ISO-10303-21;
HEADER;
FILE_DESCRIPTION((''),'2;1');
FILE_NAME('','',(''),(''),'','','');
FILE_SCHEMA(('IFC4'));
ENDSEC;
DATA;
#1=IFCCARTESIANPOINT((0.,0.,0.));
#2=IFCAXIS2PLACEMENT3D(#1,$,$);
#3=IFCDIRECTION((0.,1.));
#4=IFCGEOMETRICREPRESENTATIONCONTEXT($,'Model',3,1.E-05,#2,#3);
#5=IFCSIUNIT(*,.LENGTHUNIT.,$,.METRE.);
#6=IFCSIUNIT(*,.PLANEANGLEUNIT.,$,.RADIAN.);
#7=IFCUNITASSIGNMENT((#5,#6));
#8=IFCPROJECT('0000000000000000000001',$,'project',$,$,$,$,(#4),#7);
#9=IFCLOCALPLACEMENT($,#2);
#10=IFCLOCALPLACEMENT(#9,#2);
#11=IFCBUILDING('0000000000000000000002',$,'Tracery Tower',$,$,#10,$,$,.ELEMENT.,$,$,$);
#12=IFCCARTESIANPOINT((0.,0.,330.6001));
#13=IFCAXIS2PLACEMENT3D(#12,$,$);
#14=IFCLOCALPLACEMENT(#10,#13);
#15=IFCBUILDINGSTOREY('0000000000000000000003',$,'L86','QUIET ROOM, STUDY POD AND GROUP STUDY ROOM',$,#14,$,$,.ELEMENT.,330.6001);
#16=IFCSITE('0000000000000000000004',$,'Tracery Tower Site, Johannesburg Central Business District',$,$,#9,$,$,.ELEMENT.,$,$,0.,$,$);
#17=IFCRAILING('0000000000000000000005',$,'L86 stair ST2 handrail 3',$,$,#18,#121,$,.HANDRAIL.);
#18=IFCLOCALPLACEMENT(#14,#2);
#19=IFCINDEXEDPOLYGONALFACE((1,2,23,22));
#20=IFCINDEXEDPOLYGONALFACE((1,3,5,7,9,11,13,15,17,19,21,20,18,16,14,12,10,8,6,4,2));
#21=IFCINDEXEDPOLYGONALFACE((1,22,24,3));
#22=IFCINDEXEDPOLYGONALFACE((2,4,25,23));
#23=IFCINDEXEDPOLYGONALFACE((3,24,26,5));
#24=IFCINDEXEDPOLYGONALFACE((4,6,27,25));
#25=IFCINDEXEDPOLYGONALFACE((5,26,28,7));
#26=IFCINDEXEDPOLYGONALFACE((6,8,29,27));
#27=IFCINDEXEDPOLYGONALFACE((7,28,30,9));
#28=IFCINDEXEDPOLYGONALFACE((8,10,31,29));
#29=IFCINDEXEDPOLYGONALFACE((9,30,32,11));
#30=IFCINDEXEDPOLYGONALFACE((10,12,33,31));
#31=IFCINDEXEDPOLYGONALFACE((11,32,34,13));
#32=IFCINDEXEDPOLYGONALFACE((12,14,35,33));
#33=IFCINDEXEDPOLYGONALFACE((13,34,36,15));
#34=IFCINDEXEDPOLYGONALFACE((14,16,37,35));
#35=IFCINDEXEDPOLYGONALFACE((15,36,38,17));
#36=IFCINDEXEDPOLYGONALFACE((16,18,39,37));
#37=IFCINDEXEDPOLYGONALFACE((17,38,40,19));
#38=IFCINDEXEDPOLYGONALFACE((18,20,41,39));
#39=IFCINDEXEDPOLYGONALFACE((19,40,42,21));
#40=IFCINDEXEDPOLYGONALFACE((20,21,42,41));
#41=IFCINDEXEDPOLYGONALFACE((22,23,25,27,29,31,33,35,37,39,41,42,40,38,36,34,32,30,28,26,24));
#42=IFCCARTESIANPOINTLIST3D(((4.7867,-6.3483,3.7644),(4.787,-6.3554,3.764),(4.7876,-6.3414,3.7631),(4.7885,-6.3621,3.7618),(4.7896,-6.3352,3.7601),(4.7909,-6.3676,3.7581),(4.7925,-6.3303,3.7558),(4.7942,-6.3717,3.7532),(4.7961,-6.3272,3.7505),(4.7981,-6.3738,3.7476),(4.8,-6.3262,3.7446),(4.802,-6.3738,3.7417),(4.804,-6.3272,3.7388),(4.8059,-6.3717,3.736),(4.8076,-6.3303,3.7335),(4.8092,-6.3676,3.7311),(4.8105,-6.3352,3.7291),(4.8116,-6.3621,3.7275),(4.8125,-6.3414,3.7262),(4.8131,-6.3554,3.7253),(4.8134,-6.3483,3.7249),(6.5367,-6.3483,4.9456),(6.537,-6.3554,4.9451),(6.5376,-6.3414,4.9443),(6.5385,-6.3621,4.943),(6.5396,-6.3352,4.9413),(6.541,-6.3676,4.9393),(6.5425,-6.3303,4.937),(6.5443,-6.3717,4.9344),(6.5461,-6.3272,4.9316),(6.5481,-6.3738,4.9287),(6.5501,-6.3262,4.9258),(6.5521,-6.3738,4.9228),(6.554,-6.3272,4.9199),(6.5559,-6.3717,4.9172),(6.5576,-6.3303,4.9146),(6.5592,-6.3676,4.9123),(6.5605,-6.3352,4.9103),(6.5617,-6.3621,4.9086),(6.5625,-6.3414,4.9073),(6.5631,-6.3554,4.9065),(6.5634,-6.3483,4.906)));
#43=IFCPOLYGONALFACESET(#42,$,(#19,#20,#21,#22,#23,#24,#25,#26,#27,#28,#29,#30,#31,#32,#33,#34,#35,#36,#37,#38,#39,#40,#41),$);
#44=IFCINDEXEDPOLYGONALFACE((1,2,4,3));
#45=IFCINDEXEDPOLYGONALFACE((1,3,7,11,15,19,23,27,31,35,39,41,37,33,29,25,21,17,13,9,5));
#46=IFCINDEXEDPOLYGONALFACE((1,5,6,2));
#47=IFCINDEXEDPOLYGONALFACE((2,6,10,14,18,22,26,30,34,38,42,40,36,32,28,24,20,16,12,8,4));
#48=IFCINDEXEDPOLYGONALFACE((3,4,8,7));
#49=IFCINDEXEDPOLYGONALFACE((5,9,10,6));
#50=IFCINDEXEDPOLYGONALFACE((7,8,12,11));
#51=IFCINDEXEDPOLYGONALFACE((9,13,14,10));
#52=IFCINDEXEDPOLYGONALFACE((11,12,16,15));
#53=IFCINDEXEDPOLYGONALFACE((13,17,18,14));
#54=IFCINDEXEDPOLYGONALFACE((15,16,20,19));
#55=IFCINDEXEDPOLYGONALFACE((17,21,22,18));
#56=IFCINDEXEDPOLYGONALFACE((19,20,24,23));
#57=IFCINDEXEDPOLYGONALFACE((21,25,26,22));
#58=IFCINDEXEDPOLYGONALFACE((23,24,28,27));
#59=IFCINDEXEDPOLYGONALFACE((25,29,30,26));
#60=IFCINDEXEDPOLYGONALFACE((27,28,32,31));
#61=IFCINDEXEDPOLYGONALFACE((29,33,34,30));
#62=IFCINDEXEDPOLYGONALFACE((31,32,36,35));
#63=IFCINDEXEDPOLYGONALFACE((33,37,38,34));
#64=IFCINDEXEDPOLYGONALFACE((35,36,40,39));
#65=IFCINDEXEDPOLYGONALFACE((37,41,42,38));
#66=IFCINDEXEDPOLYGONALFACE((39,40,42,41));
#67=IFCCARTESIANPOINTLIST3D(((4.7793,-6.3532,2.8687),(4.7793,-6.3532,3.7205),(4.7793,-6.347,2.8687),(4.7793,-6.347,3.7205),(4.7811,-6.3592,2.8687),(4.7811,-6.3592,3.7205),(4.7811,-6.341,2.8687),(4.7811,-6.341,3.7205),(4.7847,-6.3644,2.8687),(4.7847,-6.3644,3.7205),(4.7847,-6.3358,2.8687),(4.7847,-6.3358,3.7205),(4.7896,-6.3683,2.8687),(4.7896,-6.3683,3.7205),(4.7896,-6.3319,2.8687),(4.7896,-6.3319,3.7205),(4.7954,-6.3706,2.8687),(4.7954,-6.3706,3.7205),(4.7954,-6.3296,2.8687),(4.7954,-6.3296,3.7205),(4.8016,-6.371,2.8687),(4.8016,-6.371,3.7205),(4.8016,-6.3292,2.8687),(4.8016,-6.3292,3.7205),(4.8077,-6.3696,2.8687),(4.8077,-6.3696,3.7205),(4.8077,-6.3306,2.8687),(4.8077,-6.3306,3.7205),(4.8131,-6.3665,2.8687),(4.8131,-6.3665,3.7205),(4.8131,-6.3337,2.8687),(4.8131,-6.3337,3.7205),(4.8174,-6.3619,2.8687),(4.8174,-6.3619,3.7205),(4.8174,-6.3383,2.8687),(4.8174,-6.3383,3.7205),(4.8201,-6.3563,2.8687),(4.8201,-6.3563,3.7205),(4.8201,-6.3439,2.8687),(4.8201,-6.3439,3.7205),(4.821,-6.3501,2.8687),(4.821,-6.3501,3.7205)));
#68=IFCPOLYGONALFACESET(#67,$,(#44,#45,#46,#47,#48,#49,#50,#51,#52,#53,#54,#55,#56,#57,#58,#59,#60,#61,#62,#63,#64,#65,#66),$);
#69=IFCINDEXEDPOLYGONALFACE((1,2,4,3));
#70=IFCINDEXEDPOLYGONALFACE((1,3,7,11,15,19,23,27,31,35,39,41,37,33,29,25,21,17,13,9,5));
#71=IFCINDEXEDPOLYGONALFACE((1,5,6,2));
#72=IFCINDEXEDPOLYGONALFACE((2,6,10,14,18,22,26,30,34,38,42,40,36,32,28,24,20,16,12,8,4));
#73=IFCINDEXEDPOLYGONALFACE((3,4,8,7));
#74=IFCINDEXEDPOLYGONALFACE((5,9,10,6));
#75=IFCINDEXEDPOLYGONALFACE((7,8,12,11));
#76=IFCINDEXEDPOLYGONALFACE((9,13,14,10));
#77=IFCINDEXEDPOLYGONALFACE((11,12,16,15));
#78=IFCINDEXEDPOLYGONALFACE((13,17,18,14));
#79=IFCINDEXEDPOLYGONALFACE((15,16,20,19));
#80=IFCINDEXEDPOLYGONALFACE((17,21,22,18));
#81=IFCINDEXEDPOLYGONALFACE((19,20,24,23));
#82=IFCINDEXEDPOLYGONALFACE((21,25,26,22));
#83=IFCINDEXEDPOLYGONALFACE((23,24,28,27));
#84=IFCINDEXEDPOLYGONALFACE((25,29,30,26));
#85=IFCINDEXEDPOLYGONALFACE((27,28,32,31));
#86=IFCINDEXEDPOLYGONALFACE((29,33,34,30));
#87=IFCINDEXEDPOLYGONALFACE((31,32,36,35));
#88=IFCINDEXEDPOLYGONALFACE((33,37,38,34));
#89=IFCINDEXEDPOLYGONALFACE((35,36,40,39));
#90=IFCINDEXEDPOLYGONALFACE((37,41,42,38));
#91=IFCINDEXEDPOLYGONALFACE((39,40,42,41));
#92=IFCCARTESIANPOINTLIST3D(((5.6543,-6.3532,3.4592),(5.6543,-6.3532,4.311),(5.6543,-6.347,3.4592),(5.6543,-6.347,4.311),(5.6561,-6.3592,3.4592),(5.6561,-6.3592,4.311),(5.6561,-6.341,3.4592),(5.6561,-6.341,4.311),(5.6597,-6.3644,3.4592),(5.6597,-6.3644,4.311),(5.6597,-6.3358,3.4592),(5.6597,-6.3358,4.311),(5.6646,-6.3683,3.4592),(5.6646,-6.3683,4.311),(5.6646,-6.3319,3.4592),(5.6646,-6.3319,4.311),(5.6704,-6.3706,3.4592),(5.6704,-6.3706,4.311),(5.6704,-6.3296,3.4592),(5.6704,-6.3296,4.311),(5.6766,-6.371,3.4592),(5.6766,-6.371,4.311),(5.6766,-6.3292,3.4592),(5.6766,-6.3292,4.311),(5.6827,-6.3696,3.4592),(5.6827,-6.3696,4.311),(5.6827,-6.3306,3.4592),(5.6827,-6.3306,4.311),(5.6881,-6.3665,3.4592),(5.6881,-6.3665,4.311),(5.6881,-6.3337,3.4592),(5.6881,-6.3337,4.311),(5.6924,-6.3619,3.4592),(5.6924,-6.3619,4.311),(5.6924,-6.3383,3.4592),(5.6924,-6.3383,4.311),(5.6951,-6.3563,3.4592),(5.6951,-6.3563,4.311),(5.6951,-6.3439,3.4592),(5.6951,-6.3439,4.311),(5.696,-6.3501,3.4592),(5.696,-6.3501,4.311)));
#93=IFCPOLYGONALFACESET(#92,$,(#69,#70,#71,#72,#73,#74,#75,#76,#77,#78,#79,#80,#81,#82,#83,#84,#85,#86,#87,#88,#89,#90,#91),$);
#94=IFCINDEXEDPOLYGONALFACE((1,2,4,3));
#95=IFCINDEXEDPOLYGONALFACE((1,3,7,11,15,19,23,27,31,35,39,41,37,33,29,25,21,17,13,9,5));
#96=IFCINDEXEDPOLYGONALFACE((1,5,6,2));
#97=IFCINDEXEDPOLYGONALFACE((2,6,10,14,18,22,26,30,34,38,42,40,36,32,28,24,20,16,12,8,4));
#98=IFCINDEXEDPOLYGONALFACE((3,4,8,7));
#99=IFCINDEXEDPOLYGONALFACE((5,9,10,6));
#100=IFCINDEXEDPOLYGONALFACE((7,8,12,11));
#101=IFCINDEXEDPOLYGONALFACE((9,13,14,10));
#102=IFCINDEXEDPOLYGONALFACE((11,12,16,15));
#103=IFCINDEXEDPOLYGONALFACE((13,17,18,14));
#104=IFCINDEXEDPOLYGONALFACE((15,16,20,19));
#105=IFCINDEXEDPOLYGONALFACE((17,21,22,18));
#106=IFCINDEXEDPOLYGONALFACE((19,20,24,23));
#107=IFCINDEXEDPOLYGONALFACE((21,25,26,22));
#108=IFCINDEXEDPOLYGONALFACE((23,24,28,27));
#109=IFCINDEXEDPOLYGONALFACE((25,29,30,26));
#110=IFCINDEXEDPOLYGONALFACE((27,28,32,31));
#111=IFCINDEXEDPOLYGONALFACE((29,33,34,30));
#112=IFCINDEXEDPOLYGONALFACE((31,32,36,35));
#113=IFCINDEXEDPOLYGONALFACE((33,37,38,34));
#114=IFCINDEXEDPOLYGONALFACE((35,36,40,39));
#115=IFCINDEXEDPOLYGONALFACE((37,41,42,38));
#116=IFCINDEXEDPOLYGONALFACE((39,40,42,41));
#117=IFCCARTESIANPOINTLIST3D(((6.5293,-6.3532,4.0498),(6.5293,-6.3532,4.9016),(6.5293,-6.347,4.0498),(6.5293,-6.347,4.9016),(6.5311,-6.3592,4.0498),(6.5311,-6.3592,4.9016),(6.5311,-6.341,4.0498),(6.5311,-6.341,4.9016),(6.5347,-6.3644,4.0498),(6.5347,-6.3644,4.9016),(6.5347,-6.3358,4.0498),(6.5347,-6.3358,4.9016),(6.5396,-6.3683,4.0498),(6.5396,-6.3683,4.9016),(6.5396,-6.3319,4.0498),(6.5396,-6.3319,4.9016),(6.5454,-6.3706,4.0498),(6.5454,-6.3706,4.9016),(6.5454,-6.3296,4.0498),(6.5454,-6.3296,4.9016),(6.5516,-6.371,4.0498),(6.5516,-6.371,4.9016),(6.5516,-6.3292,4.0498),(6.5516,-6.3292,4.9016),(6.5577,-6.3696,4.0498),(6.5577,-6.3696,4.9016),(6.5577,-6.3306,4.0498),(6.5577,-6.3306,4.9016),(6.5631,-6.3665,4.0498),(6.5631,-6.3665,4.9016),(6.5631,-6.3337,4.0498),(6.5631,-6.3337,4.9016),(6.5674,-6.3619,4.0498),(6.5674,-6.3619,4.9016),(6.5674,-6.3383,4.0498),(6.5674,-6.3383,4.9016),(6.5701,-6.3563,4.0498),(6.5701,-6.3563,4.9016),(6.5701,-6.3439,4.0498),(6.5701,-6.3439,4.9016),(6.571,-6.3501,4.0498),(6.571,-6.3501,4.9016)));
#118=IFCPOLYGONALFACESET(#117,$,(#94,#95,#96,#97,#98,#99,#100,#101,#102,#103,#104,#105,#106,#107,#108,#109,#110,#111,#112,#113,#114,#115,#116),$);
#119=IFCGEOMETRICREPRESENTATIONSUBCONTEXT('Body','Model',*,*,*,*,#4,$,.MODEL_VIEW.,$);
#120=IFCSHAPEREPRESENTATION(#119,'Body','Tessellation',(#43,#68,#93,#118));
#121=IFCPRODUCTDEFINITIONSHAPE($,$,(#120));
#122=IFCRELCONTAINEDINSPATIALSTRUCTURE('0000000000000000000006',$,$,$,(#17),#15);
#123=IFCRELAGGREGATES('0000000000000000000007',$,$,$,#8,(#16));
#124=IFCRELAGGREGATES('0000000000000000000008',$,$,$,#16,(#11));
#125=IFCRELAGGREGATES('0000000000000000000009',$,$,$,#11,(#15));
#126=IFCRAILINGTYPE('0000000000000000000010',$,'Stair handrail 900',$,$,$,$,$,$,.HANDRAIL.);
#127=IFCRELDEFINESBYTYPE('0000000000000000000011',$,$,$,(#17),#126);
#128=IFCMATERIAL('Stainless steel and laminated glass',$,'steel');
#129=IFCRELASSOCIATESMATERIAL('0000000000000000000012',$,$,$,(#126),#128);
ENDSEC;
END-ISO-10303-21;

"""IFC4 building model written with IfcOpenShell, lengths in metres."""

from ifc_helpers import new_model, si_unit, direction, frame, origin, origin_2d, place, context, subcontext, project, spatial, circle, extrude, material, type_object, element, save


model = new_model("IFC4")

# Units and contexts
model_context = context("Model", 3, precision=1e-05, world=origin(), true_north=direction((0.0, 1.0)))
body_context = subcontext(model_context, "Body", "Model", "MODEL_VIEW")
ifc_project = project(units=[si_unit("LENGTHUNIT", "METRE"), si_unit("PLANEANGLEUNIT", "RADIAN")], contexts=[model_context])

# Site, building, storey
site_placement = place(None, origin())
site = spatial("IfcSite", under=ifc_project, at=site_placement, Name="Tracery Tower Site, Johannesburg Central Business District", CompositionType="ELEMENT", RefElevation=0.0)
building_placement = place(site_placement, origin())
building = spatial("IfcBuilding", under=site, at=building_placement, Name="Tracery Tower", CompositionType="ELEMENT")
storey_placement = place(building_placement, frame((0.0, 0.0, 330.6001)))
storey = spatial("IfcBuildingStorey", under=building, at=storey_placement, Name="L86", Description="QUIET ROOM, STUDY POD AND GROUP STUDY ROOM", CompositionType="ELEMENT", Elevation=330.6001)

# Railing
ifc_material_1 = material(Name="Stainless steel and laminated glass", Category="steel")
railing_type_1 = type_object("IfcRailingType", Name="Stair handrail 900", PredefinedType="HANDRAIL", material=ifc_material_1)
railing_1_placement = place(storey_placement, frame((4.8, -6.3501, 2.8687)))
element("IfcRailing", 1, at=railing_1_placement, inside=storey, type_object=railing_type_1, Name="L86 stair ST2 handrail 3", PredefinedType="HANDRAIL", context=body_context, shape_type="SweptSolid", body=[
    extrude(circle(Radius=0.0239, at=origin_2d()), frame((0.0, 0.0, 0.876), z_axis=(0.82887, 0.0, 0.559441), x_axis=(0.0, 1.0, 0.0)), (0.0, 0.0, 1.0), 2.1113),
    extrude(circle(Radius=0.021, at=origin_2d()), origin(), (0.0, 0.0, 1.0), 0.8518),
    extrude(circle(Radius=0.021, at=origin_2d()), frame((0.875, 0.0, 0.5906)), (0.0, 0.0, 1.0), 0.8518),
    extrude(circle(Radius=0.021, at=origin_2d()), frame((1.75, 0.0, 1.1812)), (0.0, 0.0, 1.0), 0.8518),
])

save(model, "model.ifc")
